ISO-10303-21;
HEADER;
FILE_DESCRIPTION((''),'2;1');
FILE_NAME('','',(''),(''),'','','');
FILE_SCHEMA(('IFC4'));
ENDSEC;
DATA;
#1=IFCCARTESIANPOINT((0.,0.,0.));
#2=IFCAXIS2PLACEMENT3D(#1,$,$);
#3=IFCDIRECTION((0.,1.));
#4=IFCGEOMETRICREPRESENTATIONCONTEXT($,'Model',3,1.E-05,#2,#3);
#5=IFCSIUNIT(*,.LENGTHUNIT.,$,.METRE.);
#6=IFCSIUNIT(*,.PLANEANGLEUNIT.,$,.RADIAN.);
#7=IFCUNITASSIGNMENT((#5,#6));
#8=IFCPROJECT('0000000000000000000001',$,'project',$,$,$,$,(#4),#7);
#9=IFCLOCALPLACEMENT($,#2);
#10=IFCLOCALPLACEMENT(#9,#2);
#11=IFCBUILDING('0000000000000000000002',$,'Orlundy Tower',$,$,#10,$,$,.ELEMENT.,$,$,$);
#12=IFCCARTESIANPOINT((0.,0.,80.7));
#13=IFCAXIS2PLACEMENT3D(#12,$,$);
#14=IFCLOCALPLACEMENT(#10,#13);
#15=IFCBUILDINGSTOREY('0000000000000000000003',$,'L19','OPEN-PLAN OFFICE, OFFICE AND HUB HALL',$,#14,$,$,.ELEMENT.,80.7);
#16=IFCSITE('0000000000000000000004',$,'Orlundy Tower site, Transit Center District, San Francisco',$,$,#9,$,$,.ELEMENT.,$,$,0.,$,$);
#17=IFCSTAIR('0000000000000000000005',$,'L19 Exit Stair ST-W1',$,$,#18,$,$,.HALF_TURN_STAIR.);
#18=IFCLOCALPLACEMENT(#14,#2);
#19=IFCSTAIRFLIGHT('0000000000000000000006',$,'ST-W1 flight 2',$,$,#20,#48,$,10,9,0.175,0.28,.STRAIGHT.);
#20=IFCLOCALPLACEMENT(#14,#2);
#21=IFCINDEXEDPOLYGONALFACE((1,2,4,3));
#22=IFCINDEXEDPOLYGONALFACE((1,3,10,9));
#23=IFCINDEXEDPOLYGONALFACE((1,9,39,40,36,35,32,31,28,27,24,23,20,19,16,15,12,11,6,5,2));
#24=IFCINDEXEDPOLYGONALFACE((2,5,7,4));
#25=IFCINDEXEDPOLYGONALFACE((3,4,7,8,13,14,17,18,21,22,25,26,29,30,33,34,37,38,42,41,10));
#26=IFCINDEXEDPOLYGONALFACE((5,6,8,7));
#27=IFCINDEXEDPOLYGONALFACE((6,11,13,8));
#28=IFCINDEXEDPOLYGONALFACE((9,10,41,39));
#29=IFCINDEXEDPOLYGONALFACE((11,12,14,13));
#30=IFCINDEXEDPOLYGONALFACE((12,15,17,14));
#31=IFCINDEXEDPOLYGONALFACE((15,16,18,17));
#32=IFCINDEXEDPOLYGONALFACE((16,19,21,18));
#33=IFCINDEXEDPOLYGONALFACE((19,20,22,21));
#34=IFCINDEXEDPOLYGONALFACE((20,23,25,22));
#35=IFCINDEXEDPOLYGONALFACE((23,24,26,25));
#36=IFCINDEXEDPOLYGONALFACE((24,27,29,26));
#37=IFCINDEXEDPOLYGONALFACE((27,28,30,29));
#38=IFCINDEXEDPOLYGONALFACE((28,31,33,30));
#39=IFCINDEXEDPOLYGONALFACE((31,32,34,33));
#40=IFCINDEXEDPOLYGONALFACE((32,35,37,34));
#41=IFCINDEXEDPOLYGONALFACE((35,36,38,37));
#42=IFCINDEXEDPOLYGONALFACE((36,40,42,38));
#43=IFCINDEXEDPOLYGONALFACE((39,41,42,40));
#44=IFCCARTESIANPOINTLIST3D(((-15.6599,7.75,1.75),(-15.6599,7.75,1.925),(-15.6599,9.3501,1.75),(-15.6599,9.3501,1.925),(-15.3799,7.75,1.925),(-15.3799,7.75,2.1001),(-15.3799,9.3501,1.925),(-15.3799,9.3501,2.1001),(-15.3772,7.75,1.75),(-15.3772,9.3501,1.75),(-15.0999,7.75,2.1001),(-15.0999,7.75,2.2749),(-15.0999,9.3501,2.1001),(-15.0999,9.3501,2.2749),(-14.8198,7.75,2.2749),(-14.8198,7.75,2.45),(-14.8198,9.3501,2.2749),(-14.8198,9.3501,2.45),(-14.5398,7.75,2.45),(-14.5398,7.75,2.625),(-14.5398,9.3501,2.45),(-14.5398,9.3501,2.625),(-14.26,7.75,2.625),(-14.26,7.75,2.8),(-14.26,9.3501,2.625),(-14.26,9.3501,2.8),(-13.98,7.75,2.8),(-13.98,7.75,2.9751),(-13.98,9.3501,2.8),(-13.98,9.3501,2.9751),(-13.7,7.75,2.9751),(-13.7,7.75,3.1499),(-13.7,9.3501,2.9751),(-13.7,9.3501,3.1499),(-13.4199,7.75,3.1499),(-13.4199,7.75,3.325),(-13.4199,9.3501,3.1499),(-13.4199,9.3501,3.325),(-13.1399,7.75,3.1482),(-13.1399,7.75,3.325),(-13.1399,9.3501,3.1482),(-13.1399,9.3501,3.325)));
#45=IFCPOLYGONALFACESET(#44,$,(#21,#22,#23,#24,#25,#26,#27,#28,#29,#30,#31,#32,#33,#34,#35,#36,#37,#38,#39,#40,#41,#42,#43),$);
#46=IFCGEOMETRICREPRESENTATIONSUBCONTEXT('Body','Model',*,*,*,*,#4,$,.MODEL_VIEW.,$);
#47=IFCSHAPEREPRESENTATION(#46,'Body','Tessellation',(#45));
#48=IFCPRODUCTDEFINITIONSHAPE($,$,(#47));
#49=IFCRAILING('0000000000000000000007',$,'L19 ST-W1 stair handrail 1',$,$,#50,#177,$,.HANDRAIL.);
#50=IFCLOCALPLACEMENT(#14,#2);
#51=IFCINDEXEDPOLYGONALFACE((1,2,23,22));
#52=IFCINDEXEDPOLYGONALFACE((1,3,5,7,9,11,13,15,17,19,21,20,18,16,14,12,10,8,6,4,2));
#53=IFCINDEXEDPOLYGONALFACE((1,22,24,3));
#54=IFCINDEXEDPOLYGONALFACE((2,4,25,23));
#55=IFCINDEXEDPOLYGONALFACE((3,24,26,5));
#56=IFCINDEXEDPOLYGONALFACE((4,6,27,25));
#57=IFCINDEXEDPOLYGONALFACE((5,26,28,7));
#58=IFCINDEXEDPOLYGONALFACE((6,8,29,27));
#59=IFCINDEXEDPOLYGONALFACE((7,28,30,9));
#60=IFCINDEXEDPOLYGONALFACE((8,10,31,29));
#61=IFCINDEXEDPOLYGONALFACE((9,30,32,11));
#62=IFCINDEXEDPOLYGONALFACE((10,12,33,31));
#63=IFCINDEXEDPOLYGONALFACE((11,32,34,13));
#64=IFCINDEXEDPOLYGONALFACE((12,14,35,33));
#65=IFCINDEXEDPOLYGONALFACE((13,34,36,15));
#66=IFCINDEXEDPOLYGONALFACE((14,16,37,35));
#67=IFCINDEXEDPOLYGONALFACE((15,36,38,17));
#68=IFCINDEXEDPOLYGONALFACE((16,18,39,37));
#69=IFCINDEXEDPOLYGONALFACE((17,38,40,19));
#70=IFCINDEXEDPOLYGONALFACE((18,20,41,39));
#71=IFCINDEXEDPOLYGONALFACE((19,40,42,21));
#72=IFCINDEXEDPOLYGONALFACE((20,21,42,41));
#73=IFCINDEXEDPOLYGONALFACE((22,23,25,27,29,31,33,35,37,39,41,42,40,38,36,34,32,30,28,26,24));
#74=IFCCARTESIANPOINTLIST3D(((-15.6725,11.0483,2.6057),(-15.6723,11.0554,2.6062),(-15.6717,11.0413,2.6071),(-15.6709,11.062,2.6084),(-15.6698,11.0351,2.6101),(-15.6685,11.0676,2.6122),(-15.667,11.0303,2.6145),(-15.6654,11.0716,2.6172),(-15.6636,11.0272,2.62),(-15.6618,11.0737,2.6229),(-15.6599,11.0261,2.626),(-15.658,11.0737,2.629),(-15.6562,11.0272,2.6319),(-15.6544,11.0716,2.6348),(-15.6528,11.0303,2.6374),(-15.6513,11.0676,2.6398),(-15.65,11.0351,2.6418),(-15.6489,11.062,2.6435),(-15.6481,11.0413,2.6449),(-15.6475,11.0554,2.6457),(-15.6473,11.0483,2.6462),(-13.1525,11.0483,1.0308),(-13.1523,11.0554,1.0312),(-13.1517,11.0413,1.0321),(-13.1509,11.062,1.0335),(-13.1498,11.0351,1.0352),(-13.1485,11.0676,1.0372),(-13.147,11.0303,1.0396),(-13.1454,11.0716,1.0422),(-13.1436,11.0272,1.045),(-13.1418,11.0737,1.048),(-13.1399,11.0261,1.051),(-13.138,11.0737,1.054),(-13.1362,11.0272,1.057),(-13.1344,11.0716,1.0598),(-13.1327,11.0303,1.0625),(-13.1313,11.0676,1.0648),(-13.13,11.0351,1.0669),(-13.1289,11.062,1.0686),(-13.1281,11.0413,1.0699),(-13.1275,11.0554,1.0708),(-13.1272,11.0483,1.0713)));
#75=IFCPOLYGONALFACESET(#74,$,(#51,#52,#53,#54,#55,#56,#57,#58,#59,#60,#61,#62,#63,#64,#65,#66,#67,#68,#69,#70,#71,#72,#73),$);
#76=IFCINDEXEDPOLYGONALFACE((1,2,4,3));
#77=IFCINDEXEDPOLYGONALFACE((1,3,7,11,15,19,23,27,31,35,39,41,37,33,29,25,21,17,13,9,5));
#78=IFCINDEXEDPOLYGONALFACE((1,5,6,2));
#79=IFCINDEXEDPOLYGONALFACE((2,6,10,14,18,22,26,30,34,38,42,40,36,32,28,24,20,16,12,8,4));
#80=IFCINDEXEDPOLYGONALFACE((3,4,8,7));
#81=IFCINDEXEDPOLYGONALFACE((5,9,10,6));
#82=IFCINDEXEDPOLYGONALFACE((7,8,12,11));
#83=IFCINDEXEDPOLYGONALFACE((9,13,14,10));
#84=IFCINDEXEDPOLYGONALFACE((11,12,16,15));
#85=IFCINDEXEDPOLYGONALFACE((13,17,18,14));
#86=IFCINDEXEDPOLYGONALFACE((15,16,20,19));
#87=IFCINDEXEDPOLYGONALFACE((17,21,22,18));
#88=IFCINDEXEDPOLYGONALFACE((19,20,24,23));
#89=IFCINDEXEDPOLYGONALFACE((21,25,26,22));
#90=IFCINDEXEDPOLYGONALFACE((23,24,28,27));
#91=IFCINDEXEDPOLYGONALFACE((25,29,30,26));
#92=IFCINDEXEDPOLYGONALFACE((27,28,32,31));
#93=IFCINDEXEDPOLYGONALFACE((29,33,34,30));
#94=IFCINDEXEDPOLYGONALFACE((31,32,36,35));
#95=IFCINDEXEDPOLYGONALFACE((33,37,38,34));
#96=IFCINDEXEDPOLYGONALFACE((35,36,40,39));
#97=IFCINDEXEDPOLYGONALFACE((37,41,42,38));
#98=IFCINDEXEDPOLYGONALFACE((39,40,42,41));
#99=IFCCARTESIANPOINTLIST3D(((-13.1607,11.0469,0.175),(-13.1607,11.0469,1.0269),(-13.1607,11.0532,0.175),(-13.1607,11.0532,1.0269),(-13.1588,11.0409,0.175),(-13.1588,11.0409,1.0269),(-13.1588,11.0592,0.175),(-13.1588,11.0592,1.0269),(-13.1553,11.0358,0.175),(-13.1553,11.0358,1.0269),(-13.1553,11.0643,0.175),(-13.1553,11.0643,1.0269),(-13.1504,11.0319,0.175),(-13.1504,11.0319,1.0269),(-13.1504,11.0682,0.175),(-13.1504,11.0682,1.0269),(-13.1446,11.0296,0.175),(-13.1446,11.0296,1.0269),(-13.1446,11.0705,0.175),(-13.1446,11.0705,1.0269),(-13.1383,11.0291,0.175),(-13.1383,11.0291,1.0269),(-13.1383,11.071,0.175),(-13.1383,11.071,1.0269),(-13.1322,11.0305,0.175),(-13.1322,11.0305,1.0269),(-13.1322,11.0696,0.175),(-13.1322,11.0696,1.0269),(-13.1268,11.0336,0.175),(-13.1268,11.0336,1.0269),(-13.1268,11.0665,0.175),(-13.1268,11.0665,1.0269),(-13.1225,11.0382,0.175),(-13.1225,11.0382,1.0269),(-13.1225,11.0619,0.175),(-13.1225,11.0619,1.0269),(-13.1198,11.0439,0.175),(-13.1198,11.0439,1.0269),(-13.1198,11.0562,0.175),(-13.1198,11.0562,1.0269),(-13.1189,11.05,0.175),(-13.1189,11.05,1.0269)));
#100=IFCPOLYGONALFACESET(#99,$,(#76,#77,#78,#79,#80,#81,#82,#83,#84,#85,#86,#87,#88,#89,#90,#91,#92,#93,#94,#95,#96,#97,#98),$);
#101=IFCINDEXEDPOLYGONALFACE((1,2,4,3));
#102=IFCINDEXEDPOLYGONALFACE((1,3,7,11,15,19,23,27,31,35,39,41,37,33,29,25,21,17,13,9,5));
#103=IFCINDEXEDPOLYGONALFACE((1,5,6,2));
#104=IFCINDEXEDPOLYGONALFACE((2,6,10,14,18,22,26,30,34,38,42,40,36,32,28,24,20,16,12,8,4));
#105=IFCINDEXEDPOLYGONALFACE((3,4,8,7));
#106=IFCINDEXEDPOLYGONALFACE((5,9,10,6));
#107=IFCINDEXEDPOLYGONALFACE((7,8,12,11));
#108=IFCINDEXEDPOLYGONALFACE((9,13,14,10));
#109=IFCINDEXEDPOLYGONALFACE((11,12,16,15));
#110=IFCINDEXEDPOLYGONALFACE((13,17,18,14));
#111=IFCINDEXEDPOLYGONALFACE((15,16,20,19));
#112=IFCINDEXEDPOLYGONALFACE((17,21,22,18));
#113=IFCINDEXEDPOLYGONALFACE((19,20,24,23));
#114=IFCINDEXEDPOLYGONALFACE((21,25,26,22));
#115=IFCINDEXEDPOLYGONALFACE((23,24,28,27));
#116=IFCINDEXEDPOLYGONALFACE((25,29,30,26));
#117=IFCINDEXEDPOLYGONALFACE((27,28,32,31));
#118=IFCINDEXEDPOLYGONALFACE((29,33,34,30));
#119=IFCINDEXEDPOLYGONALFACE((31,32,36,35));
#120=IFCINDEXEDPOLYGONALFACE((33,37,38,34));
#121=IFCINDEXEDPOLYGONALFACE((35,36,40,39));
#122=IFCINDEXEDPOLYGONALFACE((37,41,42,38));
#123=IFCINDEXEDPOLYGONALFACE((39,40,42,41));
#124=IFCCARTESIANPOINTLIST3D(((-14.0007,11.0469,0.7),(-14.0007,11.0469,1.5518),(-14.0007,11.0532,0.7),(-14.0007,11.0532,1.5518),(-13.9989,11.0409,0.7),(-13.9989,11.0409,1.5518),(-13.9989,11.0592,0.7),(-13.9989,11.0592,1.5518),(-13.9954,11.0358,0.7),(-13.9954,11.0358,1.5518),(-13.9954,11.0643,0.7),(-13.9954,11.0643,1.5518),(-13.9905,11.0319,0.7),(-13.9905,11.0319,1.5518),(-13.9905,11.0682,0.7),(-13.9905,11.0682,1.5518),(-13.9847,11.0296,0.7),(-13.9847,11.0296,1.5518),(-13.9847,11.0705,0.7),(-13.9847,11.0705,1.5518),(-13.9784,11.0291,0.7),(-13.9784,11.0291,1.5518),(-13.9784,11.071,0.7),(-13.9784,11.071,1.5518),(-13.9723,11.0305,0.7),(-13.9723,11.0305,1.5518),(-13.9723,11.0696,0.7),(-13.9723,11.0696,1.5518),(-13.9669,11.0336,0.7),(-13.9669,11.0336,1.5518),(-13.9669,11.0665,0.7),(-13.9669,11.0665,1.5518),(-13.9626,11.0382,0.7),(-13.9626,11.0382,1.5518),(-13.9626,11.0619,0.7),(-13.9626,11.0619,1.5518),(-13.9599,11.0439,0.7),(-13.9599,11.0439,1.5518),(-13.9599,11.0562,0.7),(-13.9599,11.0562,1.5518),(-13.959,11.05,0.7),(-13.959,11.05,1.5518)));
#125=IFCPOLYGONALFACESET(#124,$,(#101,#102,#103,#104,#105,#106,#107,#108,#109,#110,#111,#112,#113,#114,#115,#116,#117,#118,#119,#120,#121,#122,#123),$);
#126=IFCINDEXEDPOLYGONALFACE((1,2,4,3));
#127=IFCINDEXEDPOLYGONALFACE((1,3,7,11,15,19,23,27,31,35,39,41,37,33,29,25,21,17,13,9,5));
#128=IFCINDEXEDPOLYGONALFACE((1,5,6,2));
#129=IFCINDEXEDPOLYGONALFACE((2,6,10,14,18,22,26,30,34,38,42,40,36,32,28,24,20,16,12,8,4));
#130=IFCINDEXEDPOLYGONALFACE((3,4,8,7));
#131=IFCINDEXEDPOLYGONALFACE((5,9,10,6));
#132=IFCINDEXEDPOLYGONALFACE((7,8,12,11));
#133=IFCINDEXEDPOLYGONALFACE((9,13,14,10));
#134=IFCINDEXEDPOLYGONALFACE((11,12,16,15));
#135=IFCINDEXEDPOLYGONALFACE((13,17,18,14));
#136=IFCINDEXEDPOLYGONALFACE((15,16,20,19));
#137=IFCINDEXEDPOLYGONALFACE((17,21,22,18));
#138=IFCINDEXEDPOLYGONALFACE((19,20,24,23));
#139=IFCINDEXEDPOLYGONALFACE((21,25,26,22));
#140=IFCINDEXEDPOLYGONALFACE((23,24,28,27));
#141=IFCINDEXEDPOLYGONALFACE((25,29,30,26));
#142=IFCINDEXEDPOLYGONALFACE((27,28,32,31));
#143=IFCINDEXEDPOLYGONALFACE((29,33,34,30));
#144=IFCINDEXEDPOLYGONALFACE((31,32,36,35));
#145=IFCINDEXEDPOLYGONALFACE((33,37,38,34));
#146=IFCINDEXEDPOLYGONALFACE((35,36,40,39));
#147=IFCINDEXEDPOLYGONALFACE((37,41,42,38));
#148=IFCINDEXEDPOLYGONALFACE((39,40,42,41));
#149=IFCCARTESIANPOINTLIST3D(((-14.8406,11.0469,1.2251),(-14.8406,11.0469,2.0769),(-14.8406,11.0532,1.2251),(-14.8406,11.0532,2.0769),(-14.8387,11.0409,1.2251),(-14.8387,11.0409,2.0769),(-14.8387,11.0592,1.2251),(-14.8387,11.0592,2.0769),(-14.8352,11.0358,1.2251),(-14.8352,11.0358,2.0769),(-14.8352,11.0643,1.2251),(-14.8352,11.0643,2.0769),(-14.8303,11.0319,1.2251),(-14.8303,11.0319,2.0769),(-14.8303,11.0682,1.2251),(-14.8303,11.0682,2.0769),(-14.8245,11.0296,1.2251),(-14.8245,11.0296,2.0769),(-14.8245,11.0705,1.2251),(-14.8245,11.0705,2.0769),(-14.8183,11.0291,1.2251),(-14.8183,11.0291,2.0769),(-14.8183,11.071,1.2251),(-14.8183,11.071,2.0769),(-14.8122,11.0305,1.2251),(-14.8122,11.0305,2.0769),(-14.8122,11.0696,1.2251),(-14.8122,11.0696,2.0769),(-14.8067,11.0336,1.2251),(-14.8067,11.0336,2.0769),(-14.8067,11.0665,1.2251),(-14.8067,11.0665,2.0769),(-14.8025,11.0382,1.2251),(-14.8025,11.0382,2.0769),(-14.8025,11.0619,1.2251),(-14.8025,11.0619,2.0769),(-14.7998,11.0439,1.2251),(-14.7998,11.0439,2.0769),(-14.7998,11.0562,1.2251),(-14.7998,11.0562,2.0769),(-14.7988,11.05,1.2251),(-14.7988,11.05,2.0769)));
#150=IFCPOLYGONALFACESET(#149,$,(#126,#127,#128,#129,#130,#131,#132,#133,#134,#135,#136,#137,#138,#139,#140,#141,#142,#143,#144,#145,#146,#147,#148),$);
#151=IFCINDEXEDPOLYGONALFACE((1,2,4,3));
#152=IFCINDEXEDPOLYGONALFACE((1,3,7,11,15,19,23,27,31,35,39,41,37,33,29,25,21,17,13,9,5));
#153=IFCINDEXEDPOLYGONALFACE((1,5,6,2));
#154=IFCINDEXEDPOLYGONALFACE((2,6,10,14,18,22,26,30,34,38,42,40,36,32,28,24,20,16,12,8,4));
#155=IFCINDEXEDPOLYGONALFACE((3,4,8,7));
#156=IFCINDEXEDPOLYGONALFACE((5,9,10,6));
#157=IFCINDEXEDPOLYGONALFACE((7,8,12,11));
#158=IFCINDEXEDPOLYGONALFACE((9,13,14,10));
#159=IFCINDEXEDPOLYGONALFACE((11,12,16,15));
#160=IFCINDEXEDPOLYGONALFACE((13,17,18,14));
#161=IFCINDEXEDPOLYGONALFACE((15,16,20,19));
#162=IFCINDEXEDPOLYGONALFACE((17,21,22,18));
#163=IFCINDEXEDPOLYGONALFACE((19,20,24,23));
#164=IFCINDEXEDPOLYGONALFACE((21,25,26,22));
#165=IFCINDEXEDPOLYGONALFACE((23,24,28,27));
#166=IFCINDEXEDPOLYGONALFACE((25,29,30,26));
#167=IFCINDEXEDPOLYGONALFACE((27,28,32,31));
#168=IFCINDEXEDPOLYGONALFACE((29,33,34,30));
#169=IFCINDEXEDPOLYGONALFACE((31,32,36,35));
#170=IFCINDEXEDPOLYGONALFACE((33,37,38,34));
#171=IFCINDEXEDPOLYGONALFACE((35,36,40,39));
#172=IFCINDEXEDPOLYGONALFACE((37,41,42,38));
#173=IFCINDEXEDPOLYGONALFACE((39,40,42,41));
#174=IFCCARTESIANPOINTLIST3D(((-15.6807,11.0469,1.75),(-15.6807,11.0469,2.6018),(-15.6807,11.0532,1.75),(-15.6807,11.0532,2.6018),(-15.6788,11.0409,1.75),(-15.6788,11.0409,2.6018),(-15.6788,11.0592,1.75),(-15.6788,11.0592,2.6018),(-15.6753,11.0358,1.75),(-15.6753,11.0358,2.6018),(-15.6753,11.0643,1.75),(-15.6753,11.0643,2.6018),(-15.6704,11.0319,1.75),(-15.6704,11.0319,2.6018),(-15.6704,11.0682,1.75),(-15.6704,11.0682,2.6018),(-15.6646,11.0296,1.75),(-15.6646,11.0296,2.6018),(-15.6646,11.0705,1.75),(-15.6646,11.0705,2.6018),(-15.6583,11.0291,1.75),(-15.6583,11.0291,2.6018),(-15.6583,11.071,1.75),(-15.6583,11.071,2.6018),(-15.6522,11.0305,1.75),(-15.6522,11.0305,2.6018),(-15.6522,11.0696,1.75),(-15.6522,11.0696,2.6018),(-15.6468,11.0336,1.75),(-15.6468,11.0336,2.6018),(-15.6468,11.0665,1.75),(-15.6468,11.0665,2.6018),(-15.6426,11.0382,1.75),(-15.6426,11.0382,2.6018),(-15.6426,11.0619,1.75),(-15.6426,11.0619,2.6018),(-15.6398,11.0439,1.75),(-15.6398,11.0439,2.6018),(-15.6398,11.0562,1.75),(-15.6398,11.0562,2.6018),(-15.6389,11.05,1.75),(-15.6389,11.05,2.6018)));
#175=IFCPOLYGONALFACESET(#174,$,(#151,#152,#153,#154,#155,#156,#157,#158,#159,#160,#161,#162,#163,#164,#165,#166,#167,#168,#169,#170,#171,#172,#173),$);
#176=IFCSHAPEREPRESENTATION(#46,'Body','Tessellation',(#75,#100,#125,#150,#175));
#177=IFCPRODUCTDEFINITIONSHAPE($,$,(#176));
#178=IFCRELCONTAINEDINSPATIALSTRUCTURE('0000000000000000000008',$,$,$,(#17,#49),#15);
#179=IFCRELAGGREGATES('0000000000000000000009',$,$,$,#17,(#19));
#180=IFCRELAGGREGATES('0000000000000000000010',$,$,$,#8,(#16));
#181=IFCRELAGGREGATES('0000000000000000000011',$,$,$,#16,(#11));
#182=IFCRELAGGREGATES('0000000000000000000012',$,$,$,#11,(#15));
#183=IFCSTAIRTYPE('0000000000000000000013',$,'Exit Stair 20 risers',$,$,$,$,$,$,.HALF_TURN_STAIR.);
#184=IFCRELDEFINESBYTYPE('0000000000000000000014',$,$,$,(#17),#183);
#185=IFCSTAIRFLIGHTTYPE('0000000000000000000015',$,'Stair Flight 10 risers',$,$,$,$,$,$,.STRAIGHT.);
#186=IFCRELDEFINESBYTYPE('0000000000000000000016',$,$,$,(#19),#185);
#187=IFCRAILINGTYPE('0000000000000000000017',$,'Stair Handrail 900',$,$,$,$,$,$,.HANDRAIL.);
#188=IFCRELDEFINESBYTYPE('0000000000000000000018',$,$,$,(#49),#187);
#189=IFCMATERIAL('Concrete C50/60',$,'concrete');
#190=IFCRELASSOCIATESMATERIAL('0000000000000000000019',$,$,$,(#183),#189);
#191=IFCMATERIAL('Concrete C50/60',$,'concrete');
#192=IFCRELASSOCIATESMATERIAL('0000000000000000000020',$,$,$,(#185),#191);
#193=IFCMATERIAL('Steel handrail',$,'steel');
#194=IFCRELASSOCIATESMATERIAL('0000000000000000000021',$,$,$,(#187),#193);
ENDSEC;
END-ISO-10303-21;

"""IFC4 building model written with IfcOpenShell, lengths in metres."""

from ifc_helpers import new_model, si_unit, direction, frame, origin, origin_2d, place, context, subcontext, project, spatial, polyline, circle, outline, extrude, material, type_object, element, aggregate, save


model = new_model("IFC4")

# Units and contexts
model_context = context("Model", 3, precision=1e-05, world=origin(), true_north=direction((0.0, 1.0)))
body_context = subcontext(model_context, "Body", "Model", "MODEL_VIEW")
ifc_project = project(units=[si_unit("LENGTHUNIT", "METRE"), si_unit("PLANEANGLEUNIT", "RADIAN")], contexts=[model_context])

# Site, building, storey
site_placement = place(None, origin())
site = spatial("IfcSite", under=ifc_project, at=site_placement, Name="Orlundy Tower site, Transit Center District, San Francisco", CompositionType="ELEMENT", RefElevation=0.0)
building_placement = place(site_placement, origin())
building = spatial("IfcBuilding", under=site, at=building_placement, Name="Orlundy Tower", CompositionType="ELEMENT")
storey_placement = place(building_placement, frame((0.0, 0.0, 80.7)))
storey = spatial("IfcBuildingStorey", under=building, at=storey_placement, Name="L19", Description="OPEN-PLAN OFFICE, OFFICE AND HUB HALL", CompositionType="ELEMENT", Elevation=80.7)

# Stair, stair flight
ifc_material_1 = material(Name="Concrete C50/60", Category="concrete")
stair_type = type_object("IfcStairType", Name="Exit Stair 20 risers", PredefinedType="HALF_TURN_STAIR", material=ifc_material_1)
stair_placement = place(storey_placement, origin())
stair = element("IfcStair", 1, at=stair_placement, inside=storey, type_object=stair_type, Name="L19 Exit Stair ST-W1", PredefinedType="HALF_TURN_STAIR")
ifc_material_2 = material(Name="Concrete C50/60", Category="concrete")
stair_flight_type = type_object("IfcStairFlightType", Name="Stair Flight 10 risers", PredefinedType="STRAIGHT", material=ifc_material_2)
stair_flight_1_placement = place(storey_placement, frame((-15.6599, 8.55, 1.75), z_axis=(0.0, 0.0, 1.0), x_axis=(1.0, 0.0, 0.0)))
stair_flight_1 = element("IfcStairFlight", 2, at=stair_flight_1_placement, type_object=stair_flight_type, Name="ST-W1 flight 2", NumberOfRisers=10, NumberOfTreads=9, PredefinedType="STRAIGHT", RiserHeight=0.175, TreadLength=0.28, context=body_context, shape_type="SweptSolid", body=[
    extrude(outline(polyline([(0.0, 0.0), (0.0, 0.175), (0.28, 0.175), (0.28, 0.3501), (0.5601, 0.3501), (0.5601, 0.5249), (0.8401, 0.5249), (0.8401, 0.7), (1.1201, 0.7), (1.1201, 0.875), (1.3999, 0.875), (1.3999, 1.05), (1.6799, 1.05), (1.6799, 1.2251), (1.96, 1.2251), (1.96, 1.3999), (2.24, 1.3999), (2.24, 1.575), (2.52, 1.575), (2.52, 1.75), (2.52, 1.3982), (0.2827, 0.0), (0.0, 0.0)])), frame((0.0, 0.8, 0.0), z_axis=(0.0, -1.0, 0.0), x_axis=(1.0, 0.0, 0.0)), (0.0, 0.0, 1.0), 1.6001),
])
aggregate(stair, [stair_flight_1])

# Railing
ifc_material_3 = material(Name="Steel handrail", Category="steel")
railing_type_1 = type_object("IfcRailingType", Name="Stair Handrail 900", PredefinedType="HANDRAIL", material=ifc_material_3)
railing_1_placement = place(storey_placement, frame((-13.1399, 11.05, 0.175)))
element("IfcRailing", 3, at=railing_1_placement, inside=storey, type_object=railing_type_1, Name="L19 ST-W1 stair handrail 1", PredefinedType="HANDRAIL", context=body_context, shape_type="SweptSolid", body=[
    extrude(circle(Radius=0.0239, at=origin_2d()), frame((0.0, 0.0, 0.876), z_axis=(-0.848008, 0.0, 0.529984), x_axis=(0.0, -1.0, 0.0)), (0.0, 0.0, 1.0), 2.9717),
    extrude(circle(Radius=0.021, at=origin_2d()), origin(), (0.0, 0.0, 1.0), 0.8518),
    extrude(circle(Radius=0.021, at=origin_2d()), frame((-0.8401, 0.0, 0.5249)), (0.0, 0.0, 1.0), 0.8518),
    extrude(circle(Radius=0.021, at=origin_2d()), frame((-1.6799, 0.0, 1.05)), (0.0, 0.0, 1.0), 0.8518),
    extrude(circle(Radius=0.021, at=origin_2d()), frame((-2.52, 0.0, 1.575)), (0.0, 0.0, 1.0), 0.8518),
])

save(model, "model.ifc")
